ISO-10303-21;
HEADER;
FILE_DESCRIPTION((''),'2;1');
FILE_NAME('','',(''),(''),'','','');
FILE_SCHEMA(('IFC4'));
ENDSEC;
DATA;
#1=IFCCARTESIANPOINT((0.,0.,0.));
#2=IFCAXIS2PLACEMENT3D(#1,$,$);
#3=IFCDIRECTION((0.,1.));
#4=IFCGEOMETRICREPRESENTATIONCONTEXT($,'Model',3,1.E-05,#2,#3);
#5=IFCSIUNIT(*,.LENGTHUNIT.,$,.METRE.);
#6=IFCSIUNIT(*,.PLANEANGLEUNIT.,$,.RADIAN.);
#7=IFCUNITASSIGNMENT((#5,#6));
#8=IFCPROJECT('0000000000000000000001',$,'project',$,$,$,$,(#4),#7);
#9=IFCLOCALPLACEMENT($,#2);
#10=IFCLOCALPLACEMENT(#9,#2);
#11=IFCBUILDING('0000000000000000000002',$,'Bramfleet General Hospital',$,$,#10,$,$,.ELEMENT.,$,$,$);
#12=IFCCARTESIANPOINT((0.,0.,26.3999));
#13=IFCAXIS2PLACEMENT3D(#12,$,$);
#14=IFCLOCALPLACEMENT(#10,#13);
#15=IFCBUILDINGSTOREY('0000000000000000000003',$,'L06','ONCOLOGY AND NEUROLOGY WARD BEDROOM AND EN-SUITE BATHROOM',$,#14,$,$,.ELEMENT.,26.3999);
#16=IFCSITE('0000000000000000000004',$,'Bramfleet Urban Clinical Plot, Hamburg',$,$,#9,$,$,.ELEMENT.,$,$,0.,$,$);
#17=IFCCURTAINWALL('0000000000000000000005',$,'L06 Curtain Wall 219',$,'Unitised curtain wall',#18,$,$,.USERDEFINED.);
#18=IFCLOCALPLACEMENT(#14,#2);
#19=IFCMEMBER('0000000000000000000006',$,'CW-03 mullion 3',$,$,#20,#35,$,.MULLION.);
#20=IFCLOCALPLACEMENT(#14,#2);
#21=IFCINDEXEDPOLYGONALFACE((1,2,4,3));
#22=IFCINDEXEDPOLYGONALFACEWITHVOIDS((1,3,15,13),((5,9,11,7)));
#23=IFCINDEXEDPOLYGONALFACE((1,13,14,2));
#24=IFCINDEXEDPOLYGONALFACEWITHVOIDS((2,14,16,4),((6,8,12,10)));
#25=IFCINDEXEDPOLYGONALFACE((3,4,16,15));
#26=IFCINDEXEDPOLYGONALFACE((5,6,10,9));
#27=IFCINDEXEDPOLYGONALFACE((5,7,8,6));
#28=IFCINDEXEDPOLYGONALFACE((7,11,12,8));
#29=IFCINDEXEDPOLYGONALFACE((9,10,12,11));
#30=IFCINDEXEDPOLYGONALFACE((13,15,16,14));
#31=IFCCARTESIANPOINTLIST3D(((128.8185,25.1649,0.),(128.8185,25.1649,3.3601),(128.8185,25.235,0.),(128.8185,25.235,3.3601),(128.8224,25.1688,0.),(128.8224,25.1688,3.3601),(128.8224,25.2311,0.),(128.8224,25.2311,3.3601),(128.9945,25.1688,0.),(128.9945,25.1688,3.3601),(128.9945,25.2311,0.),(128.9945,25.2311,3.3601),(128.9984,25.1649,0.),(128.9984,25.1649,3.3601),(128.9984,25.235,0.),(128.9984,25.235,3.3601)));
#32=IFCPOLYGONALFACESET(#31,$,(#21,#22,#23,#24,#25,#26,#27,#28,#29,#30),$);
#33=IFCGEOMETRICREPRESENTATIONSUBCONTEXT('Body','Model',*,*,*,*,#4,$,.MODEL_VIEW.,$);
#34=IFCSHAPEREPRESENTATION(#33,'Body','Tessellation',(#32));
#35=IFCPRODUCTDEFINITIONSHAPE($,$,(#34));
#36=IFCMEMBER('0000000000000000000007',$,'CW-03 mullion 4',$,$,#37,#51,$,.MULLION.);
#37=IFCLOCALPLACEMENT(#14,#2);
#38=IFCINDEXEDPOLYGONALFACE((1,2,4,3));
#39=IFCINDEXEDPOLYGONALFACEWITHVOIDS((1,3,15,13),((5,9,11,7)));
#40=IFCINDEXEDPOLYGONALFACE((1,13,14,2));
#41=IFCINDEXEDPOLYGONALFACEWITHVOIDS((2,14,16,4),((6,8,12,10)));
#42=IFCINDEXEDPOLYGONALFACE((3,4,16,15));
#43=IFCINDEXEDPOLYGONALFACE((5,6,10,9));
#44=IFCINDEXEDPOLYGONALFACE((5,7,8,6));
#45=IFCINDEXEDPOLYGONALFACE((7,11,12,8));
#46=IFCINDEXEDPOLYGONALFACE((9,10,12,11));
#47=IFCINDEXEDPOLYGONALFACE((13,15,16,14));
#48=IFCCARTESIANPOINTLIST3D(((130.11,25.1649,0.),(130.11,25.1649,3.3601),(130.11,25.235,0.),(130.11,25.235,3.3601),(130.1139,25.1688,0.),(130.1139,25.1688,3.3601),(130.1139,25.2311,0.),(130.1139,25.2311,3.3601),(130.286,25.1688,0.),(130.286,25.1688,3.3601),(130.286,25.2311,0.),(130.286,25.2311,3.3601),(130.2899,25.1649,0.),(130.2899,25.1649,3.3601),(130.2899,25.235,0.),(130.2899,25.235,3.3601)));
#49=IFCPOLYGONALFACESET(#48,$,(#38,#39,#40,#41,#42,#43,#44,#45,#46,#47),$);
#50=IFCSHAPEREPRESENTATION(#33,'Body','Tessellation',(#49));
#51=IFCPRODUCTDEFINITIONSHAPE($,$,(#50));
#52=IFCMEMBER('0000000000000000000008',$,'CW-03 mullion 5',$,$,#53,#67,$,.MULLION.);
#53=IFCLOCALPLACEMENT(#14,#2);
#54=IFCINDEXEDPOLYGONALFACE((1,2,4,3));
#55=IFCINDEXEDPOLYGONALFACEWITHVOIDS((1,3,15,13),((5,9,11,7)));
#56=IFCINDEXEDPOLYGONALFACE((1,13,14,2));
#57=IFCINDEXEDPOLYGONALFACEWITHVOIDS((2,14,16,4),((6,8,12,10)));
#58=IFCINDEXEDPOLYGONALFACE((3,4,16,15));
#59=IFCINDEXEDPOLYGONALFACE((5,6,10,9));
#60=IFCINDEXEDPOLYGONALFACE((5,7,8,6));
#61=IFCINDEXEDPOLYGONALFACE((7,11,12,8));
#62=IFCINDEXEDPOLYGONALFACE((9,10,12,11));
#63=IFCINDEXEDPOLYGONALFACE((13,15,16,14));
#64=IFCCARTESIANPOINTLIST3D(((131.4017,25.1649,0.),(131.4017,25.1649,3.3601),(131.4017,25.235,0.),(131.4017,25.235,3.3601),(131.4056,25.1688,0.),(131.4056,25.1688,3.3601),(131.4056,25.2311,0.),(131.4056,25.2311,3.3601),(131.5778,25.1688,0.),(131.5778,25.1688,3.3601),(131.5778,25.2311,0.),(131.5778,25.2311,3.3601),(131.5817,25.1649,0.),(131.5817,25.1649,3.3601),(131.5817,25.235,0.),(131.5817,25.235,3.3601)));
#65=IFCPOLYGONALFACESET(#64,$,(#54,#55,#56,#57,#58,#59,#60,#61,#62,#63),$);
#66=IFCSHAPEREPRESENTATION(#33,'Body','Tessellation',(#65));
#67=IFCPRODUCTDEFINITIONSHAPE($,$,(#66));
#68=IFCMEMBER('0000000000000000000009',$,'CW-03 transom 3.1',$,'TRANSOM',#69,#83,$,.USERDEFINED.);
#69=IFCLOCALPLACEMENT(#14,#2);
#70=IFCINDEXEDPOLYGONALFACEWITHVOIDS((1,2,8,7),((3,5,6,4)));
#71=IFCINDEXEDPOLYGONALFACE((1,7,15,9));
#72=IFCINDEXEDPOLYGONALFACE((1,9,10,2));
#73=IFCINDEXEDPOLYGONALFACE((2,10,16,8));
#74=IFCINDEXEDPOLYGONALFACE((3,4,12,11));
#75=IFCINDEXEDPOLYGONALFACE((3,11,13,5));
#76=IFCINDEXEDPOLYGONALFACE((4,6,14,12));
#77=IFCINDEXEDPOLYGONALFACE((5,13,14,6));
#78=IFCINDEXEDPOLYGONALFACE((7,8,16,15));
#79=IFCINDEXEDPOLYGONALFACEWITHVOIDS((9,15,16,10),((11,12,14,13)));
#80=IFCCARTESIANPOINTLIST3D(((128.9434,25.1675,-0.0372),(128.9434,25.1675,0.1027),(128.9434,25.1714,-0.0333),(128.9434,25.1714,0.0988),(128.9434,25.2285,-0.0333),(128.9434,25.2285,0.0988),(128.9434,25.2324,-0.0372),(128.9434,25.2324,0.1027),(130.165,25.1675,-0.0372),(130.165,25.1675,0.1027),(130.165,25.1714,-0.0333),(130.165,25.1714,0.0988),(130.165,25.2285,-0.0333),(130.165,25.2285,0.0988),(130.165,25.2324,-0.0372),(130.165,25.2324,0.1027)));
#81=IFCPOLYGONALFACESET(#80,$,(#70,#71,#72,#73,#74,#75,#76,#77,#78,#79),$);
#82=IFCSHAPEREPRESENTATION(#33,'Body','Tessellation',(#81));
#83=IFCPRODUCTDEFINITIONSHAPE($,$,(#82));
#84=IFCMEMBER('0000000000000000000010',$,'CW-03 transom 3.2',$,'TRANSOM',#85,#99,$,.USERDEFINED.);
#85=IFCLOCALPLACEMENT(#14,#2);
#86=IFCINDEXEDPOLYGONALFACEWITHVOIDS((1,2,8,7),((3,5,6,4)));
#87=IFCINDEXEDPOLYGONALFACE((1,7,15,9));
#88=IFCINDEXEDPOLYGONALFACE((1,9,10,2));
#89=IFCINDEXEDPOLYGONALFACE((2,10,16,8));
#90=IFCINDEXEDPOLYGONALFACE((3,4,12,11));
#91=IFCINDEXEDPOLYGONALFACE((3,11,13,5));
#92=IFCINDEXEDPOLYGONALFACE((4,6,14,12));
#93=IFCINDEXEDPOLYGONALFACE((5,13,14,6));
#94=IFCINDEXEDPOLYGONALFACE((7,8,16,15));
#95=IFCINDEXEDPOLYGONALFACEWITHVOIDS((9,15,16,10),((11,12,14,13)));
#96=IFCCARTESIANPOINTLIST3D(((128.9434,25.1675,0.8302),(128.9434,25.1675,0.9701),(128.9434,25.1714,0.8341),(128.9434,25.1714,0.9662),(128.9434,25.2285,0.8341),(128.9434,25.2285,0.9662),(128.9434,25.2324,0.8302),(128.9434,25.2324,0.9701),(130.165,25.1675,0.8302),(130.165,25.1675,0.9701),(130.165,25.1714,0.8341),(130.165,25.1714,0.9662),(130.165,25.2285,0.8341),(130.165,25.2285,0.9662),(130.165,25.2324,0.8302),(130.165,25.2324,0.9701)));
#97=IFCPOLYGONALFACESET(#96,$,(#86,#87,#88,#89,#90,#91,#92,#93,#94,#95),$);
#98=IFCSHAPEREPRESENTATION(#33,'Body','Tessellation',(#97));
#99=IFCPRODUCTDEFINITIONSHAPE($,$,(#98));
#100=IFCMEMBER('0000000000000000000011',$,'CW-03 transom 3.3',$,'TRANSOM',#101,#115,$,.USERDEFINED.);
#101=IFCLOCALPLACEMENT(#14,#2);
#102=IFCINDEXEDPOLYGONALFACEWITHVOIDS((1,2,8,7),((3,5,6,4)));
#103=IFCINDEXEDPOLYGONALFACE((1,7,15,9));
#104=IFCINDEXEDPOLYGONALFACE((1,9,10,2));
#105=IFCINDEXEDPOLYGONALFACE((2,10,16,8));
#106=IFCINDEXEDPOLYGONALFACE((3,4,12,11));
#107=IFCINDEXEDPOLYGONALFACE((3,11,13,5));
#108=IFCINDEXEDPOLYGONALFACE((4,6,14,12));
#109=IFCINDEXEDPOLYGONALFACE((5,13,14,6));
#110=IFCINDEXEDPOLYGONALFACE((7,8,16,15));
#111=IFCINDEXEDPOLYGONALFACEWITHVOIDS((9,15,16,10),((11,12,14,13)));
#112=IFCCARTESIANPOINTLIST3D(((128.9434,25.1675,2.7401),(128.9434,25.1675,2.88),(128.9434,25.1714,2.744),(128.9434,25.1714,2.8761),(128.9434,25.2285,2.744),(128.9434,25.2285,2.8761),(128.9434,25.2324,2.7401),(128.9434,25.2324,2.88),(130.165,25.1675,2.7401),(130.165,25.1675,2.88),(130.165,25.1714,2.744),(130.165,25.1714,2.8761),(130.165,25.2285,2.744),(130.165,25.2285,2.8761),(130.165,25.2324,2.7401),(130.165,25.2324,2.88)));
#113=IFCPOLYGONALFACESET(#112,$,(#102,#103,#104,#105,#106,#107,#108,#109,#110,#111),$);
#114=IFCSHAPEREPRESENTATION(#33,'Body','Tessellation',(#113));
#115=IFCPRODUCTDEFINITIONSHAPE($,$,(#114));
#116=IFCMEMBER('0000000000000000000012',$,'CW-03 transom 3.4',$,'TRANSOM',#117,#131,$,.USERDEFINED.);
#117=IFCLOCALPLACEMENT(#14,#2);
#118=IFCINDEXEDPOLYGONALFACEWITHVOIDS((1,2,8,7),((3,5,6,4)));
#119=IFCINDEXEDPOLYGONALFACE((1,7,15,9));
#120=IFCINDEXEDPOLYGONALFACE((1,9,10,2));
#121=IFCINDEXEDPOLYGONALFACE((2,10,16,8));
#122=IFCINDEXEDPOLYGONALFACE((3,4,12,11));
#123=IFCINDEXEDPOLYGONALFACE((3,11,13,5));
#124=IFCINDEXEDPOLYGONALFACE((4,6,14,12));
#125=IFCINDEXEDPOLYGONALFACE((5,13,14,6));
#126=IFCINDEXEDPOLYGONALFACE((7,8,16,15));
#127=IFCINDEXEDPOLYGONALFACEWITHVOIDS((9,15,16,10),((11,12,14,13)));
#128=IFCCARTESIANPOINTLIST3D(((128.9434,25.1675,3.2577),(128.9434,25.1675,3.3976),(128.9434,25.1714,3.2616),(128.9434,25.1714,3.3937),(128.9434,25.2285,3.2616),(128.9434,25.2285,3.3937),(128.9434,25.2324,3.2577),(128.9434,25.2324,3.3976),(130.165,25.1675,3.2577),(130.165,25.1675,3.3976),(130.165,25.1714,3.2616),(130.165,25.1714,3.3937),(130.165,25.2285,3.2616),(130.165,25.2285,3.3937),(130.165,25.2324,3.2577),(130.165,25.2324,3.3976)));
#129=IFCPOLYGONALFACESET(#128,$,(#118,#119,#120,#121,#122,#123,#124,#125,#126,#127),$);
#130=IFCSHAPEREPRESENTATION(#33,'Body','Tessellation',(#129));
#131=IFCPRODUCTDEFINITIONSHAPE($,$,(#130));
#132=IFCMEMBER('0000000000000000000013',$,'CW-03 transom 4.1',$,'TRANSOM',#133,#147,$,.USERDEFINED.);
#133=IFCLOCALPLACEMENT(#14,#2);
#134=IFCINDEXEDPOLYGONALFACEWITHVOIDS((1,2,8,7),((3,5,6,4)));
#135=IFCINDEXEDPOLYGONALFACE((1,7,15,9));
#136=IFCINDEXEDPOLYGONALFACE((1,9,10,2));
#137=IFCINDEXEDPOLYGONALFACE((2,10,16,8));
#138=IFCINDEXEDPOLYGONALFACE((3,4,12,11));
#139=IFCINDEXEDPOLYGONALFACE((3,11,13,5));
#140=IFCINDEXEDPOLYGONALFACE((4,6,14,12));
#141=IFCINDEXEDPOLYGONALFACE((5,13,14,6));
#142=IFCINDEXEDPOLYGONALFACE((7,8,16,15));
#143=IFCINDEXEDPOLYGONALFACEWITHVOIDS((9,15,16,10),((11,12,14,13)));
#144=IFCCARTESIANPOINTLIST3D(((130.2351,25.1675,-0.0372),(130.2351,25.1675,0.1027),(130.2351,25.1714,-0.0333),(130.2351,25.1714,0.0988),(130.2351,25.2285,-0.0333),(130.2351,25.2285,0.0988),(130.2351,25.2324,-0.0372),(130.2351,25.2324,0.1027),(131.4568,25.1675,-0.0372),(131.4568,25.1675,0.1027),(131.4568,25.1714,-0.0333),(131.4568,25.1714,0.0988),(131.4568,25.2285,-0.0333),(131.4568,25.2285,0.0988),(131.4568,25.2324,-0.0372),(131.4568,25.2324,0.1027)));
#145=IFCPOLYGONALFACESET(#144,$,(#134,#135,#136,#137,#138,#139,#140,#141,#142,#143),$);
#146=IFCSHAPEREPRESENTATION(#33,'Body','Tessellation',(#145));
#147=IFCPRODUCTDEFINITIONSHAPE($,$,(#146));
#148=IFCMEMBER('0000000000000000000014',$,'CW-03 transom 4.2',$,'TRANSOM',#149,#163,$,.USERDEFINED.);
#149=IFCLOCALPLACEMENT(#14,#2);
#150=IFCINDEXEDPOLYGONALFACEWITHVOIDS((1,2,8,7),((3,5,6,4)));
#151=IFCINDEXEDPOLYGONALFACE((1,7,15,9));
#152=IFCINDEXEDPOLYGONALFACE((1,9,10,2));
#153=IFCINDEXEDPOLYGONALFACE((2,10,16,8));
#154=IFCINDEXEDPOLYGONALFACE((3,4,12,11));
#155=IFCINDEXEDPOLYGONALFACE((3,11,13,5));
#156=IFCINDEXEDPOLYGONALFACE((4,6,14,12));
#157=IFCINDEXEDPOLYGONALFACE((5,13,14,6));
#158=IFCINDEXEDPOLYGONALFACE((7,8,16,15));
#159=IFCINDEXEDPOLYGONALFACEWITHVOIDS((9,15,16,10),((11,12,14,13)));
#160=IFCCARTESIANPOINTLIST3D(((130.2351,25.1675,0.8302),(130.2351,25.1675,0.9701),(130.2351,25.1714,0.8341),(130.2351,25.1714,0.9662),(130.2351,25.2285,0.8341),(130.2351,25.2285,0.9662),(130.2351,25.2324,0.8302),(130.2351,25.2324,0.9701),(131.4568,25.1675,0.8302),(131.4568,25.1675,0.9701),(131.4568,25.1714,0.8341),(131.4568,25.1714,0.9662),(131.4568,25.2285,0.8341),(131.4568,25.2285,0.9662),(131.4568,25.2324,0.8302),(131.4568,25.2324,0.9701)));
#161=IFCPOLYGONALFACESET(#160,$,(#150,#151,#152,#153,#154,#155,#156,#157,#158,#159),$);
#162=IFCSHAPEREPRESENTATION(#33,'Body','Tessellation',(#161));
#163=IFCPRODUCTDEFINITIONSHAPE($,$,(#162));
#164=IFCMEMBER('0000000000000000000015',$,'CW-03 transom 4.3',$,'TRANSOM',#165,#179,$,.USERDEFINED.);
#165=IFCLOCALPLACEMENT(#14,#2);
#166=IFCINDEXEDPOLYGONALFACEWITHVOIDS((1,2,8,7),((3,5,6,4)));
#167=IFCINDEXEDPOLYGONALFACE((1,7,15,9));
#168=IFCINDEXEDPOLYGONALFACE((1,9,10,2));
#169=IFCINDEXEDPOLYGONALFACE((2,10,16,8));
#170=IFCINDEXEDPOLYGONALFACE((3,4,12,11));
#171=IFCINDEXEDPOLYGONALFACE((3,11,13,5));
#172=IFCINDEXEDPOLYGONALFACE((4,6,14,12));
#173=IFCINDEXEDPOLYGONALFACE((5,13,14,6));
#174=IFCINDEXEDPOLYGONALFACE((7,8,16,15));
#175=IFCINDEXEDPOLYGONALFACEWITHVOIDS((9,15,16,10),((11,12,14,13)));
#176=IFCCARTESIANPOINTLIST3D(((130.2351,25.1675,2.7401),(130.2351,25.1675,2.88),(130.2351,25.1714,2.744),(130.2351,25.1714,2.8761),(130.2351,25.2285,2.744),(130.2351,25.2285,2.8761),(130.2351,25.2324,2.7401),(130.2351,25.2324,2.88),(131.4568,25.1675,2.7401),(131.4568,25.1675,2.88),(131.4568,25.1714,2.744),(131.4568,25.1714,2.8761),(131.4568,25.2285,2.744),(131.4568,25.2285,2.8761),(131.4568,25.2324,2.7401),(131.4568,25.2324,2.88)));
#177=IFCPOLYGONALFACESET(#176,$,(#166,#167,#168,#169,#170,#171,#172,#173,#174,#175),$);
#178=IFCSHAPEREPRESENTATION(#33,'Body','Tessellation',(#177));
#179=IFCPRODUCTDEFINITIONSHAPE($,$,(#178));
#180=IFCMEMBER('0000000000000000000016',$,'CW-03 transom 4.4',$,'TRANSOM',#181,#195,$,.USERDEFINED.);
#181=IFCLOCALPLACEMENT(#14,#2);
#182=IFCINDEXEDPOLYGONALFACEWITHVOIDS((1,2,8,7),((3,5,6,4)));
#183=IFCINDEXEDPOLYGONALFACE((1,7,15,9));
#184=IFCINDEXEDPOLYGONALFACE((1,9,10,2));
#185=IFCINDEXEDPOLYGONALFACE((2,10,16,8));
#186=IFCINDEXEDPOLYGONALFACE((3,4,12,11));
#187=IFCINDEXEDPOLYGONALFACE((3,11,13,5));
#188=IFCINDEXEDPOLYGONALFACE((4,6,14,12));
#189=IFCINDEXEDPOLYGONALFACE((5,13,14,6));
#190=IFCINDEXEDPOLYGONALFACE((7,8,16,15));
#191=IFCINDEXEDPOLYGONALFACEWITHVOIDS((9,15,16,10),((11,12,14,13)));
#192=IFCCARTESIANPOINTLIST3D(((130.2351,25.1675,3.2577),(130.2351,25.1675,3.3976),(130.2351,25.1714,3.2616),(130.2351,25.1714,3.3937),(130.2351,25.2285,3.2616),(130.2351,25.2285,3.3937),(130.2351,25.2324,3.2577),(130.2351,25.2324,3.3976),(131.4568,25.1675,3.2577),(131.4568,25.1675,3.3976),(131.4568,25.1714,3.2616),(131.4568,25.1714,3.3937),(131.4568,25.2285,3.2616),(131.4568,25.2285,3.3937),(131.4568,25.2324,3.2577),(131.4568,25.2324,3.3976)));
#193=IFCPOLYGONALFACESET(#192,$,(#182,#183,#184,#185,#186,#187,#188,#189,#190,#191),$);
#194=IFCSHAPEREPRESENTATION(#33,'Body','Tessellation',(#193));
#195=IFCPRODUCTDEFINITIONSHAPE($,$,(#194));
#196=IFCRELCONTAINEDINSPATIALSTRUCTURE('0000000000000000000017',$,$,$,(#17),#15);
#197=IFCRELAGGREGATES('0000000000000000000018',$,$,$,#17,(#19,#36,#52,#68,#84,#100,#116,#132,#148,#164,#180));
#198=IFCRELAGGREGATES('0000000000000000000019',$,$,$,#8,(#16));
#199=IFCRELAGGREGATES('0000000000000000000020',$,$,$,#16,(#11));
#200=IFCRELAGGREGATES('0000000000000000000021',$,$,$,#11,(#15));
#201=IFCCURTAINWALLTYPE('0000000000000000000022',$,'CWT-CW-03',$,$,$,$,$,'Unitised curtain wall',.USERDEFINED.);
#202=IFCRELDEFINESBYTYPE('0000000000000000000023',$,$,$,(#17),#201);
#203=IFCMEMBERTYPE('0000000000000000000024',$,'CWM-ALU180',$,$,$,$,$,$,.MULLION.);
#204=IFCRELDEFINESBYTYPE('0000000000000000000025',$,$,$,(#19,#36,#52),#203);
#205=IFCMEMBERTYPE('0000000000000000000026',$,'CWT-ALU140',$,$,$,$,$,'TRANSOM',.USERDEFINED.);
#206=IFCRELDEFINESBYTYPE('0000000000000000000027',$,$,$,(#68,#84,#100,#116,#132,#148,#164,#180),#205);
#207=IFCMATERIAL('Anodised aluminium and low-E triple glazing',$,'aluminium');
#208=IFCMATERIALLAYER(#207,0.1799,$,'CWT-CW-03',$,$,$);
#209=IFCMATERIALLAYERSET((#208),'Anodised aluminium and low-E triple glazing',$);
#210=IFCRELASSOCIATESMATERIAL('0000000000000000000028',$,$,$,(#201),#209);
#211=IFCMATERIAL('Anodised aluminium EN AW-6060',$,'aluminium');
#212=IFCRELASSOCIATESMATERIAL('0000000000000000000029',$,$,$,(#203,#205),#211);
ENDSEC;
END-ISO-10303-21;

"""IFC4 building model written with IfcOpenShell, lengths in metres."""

from ifc_helpers import new_model, si_unit, direction, frame, origin, origin_2d, place, context, subcontext, project, spatial, hollow_rectangle, extrude, material, layer, layer_set, material_profile, profile_set, type_object, element, aggregate, save


model = new_model("IFC4")

# Units and contexts
model_context = context("Model", 3, precision=1e-05, world=origin(), true_north=direction((0.0, 1.0)))
body_context = subcontext(model_context, "Body", "Model", "MODEL_VIEW")
ifc_project = project(units=[si_unit("LENGTHUNIT", "METRE"), si_unit("PLANEANGLEUNIT", "RADIAN")], contexts=[model_context])

# Site, building, storey
site_placement = place(None, origin())
site = spatial("IfcSite", under=ifc_project, at=site_placement, Name="Bramfleet Urban Clinical Plot, Hamburg", CompositionType="ELEMENT", RefElevation=0.0)
building_placement = place(site_placement, origin())
building = spatial("IfcBuilding", under=site, at=building_placement, Name="Bramfleet General Hospital", CompositionType="ELEMENT")
storey_placement = place(building_placement, frame((0.0, 0.0, 26.3999)))
storey = spatial("IfcBuildingStorey", under=building, at=storey_placement, Name="L06", Description="ONCOLOGY AND NEUROLOGY WARD BEDROOM AND EN-SUITE BATHROOM", CompositionType="ELEMENT", Elevation=26.3999)

# Curtain wall, members
ifc_material_1 = material(Name="Anodised aluminium and low-E triple glazing", Category="aluminium")
ifc_layer_1 = layer(ifc_material_1, 0.1799, Name="CWT-CW-03")
ifc_layer_set_1 = layer_set([ifc_layer_1], Name="Anodised aluminium and low-E triple glazing")
curtain_wall_type = type_object("IfcCurtainWallType", Name="CWT-CW-03", ElementType="Unitised curtain wall", PredefinedType="USERDEFINED", material=ifc_layer_set_1)
curtain_wall_placement = place(storey_placement, origin())
curtain_wall = element("IfcCurtainWall", 1, at=curtain_wall_placement, inside=storey, type_object=curtain_wall_type, Name="L06 Curtain Wall 219", ObjectType="Unitised curtain wall", PredefinedType="USERDEFINED")
ifc_material_2 = material(Name="Anodised aluminium EN AW-6060", Category="aluminium")
ifc_material_profile_1 = material_profile(ifc_material_2, hollow_rectangle(XDim=0.0701, YDim=0.1799, WallThickness=0.0039, at=origin_2d()), Name="ALU 180x70x4.0")
ifc_profile_set_1 = profile_set([ifc_material_profile_1], Name="Anodised aluminium EN AW-6060")
member_type_1 = type_object("IfcMemberType", Name="CWM-ALU180", PredefinedType="MULLION", material=ifc_profile_set_1)
member_1_placement = place(storey_placement, frame((128.9084, 25.2, 0.0), z_axis=(0.0, 0.0, 1.0), x_axis=(0.0, 1.0, 0.0)))
member_1 = element("IfcMember", 2, at=member_1_placement, type_object=member_type_1, Name="CW-03 mullion 3", PredefinedType="MULLION", context=body_context, shape_type="SweptSolid", body=[
    extrude(hollow_rectangle(XDim=0.0701, YDim=0.1799, WallThickness=0.0039, at=origin_2d()), origin(), (0.0, 0.0, 1.0), 3.3601),
])
member_2_placement = place(storey_placement, frame((130.2, 25.2, 0.0), z_axis=(0.0, 0.0, 1.0), x_axis=(0.0, 1.0, 0.0)))
member_2 = element("IfcMember", 3, at=member_2_placement, type_object=member_type_1, Name="CW-03 mullion 4", PredefinedType="MULLION", context=body_context, shape_type="SweptSolid", body=[
    extrude(hollow_rectangle(XDim=0.0701, YDim=0.1799, WallThickness=0.0039, at=origin_2d()), origin(), (0.0, 0.0, 1.0), 3.3601),
])
member_3_placement = place(storey_placement, frame((131.4917, 25.2, 0.0), z_axis=(0.0, 0.0, 1.0), x_axis=(0.0, 1.0, 0.0)))
member_3 = element("IfcMember", 4, at=member_3_placement, type_object=member_type_1, Name="CW-03 mullion 5", PredefinedType="MULLION", context=body_context, shape_type="SweptSolid", body=[
    extrude(hollow_rectangle(XDim=0.0701, YDim=0.1799, WallThickness=0.0039, at=origin_2d()), origin(), (0.0, 0.0, 1.0), 3.3601),
])
ifc_material_profile_2 = material_profile(ifc_material_2, hollow_rectangle(XDim=0.0649, YDim=0.1399, WallThickness=0.0039, at=origin_2d()), Name="ALU 140x65x4.0")
ifc_profile_set_2 = profile_set([ifc_material_profile_2], Name="Anodised aluminium EN AW-6060")
member_type_2 = type_object("IfcMemberType", Name="CWT-ALU140", ElementType="TRANSOM", PredefinedType="USERDEFINED", material=ifc_profile_set_2)
member_4_placement = place(storey_placement, frame((128.9434, 25.2, 0.0327), z_axis=(1.0, 0.0, 0.0), x_axis=(0.0, 1.0, 0.0)))
member_4 = element("IfcMember", 5, at=member_4_placement, type_object=member_type_2, Name="CW-03 transom 3.1", ObjectType="TRANSOM", PredefinedType="USERDEFINED", context=body_context, shape_type="SweptSolid", body=[
    extrude(hollow_rectangle(XDim=0.0649, YDim=0.1399, WallThickness=0.0039, at=origin_2d()), origin(), (0.0, 0.0, 1.0), 1.2217),
])
member_5_placement = place(storey_placement, frame((128.9434, 25.2, 0.9001), z_axis=(1.0, 0.0, 0.0), x_axis=(0.0, 1.0, 0.0)))
member_5 = element("IfcMember", 6, at=member_5_placement, type_object=member_type_2, Name="CW-03 transom 3.2", ObjectType="TRANSOM", PredefinedType="USERDEFINED", context=body_context, shape_type="SweptSolid", body=[
    extrude(hollow_rectangle(XDim=0.0649, YDim=0.1399, WallThickness=0.0039, at=origin_2d()), origin(), (0.0, 0.0, 1.0), 1.2217),
])
member_6_placement = place(storey_placement, frame((128.9434, 25.2, 2.8101), z_axis=(1.0, 0.0, 0.0), x_axis=(0.0, 1.0, 0.0)))
member_6 = element("IfcMember", 7, at=member_6_placement, type_object=member_type_2, Name="CW-03 transom 3.3", ObjectType="TRANSOM", PredefinedType="USERDEFINED", context=body_context, shape_type="SweptSolid", body=[
    extrude(hollow_rectangle(XDim=0.0649, YDim=0.1399, WallThickness=0.0039, at=origin_2d()), origin(), (0.0, 0.0, 1.0), 1.2217),
])
member_7_placement = place(storey_placement, frame((128.9434, 25.2, 3.3276), z_axis=(1.0, 0.0, 0.0), x_axis=(0.0, 1.0, 0.0)))
member_7 = element("IfcMember", 8, at=member_7_placement, type_object=member_type_2, Name="CW-03 transom 3.4", ObjectType="TRANSOM", PredefinedType="USERDEFINED", context=body_context, shape_type="SweptSolid", body=[
    extrude(hollow_rectangle(XDim=0.0649, YDim=0.1399, WallThickness=0.0039, at=origin_2d()), origin(), (0.0, 0.0, 1.0), 1.2217),
])
member_8_placement = place(storey_placement, frame((130.2351, 25.2, 0.0327), z_axis=(1.0, 0.0, 0.0), x_axis=(0.0, 1.0, 0.0)))
member_8 = element("IfcMember", 9, at=member_8_placement, type_object=member_type_2, Name="CW-03 transom 4.1", ObjectType="TRANSOM", PredefinedType="USERDEFINED", context=body_context, shape_type="SweptSolid", body=[
    extrude(hollow_rectangle(XDim=0.0649, YDim=0.1399, WallThickness=0.0039, at=origin_2d()), origin(), (0.0, 0.0, 1.0), 1.2217),
])
member_9_placement = place(storey_placement, frame((130.2351, 25.2, 0.9001), z_axis=(1.0, 0.0, 0.0), x_axis=(0.0, 1.0, 0.0)))
member_9 = element("IfcMember", 10, at=member_9_placement, type_object=member_type_2, Name="CW-03 transom 4.2", ObjectType="TRANSOM", PredefinedType="USERDEFINED", context=body_context, shape_type="SweptSolid", body=[
    extrude(hollow_rectangle(XDim=0.0649, YDim=0.1399, WallThickness=0.0039, at=origin_2d()), origin(), (0.0, 0.0, 1.0), 1.2217),
])
member_10_placement = place(storey_placement, frame((130.2351, 25.2, 2.8101), z_axis=(1.0, 0.0, 0.0), x_axis=(0.0, 1.0, 0.0)))
member_10 = element("IfcMember", 11, at=member_10_placement, type_object=member_type_2, Name="CW-03 transom 4.3", ObjectType="TRANSOM", PredefinedType="USERDEFINED", context=body_context, shape_type="SweptSolid", body=[
    extrude(hollow_rectangle(XDim=0.0649, YDim=0.1399, WallThickness=0.0039, at=origin_2d()), origin(), (0.0, 0.0, 1.0), 1.2217),
])
member_11_placement = place(storey_placement, frame((130.2351, 25.2, 3.3276), z_axis=(1.0, 0.0, 0.0), x_axis=(0.0, 1.0, 0.0)))
member_11 = element("IfcMember", 12, at=member_11_placement, type_object=member_type_2, Name="CW-03 transom 4.4", ObjectType="TRANSOM", PredefinedType="USERDEFINED", context=body_context, shape_type="SweptSolid", body=[
    extrude(hollow_rectangle(XDim=0.0649, YDim=0.1399, WallThickness=0.0039, at=origin_2d()), origin(), (0.0, 0.0, 1.0), 1.2217),
])
aggregate(curtain_wall, [member_1, member_2, member_3, member_4, member_5, member_6, member_7, member_8, member_9, member_10, member_11])

save(model, "model.ifc")
